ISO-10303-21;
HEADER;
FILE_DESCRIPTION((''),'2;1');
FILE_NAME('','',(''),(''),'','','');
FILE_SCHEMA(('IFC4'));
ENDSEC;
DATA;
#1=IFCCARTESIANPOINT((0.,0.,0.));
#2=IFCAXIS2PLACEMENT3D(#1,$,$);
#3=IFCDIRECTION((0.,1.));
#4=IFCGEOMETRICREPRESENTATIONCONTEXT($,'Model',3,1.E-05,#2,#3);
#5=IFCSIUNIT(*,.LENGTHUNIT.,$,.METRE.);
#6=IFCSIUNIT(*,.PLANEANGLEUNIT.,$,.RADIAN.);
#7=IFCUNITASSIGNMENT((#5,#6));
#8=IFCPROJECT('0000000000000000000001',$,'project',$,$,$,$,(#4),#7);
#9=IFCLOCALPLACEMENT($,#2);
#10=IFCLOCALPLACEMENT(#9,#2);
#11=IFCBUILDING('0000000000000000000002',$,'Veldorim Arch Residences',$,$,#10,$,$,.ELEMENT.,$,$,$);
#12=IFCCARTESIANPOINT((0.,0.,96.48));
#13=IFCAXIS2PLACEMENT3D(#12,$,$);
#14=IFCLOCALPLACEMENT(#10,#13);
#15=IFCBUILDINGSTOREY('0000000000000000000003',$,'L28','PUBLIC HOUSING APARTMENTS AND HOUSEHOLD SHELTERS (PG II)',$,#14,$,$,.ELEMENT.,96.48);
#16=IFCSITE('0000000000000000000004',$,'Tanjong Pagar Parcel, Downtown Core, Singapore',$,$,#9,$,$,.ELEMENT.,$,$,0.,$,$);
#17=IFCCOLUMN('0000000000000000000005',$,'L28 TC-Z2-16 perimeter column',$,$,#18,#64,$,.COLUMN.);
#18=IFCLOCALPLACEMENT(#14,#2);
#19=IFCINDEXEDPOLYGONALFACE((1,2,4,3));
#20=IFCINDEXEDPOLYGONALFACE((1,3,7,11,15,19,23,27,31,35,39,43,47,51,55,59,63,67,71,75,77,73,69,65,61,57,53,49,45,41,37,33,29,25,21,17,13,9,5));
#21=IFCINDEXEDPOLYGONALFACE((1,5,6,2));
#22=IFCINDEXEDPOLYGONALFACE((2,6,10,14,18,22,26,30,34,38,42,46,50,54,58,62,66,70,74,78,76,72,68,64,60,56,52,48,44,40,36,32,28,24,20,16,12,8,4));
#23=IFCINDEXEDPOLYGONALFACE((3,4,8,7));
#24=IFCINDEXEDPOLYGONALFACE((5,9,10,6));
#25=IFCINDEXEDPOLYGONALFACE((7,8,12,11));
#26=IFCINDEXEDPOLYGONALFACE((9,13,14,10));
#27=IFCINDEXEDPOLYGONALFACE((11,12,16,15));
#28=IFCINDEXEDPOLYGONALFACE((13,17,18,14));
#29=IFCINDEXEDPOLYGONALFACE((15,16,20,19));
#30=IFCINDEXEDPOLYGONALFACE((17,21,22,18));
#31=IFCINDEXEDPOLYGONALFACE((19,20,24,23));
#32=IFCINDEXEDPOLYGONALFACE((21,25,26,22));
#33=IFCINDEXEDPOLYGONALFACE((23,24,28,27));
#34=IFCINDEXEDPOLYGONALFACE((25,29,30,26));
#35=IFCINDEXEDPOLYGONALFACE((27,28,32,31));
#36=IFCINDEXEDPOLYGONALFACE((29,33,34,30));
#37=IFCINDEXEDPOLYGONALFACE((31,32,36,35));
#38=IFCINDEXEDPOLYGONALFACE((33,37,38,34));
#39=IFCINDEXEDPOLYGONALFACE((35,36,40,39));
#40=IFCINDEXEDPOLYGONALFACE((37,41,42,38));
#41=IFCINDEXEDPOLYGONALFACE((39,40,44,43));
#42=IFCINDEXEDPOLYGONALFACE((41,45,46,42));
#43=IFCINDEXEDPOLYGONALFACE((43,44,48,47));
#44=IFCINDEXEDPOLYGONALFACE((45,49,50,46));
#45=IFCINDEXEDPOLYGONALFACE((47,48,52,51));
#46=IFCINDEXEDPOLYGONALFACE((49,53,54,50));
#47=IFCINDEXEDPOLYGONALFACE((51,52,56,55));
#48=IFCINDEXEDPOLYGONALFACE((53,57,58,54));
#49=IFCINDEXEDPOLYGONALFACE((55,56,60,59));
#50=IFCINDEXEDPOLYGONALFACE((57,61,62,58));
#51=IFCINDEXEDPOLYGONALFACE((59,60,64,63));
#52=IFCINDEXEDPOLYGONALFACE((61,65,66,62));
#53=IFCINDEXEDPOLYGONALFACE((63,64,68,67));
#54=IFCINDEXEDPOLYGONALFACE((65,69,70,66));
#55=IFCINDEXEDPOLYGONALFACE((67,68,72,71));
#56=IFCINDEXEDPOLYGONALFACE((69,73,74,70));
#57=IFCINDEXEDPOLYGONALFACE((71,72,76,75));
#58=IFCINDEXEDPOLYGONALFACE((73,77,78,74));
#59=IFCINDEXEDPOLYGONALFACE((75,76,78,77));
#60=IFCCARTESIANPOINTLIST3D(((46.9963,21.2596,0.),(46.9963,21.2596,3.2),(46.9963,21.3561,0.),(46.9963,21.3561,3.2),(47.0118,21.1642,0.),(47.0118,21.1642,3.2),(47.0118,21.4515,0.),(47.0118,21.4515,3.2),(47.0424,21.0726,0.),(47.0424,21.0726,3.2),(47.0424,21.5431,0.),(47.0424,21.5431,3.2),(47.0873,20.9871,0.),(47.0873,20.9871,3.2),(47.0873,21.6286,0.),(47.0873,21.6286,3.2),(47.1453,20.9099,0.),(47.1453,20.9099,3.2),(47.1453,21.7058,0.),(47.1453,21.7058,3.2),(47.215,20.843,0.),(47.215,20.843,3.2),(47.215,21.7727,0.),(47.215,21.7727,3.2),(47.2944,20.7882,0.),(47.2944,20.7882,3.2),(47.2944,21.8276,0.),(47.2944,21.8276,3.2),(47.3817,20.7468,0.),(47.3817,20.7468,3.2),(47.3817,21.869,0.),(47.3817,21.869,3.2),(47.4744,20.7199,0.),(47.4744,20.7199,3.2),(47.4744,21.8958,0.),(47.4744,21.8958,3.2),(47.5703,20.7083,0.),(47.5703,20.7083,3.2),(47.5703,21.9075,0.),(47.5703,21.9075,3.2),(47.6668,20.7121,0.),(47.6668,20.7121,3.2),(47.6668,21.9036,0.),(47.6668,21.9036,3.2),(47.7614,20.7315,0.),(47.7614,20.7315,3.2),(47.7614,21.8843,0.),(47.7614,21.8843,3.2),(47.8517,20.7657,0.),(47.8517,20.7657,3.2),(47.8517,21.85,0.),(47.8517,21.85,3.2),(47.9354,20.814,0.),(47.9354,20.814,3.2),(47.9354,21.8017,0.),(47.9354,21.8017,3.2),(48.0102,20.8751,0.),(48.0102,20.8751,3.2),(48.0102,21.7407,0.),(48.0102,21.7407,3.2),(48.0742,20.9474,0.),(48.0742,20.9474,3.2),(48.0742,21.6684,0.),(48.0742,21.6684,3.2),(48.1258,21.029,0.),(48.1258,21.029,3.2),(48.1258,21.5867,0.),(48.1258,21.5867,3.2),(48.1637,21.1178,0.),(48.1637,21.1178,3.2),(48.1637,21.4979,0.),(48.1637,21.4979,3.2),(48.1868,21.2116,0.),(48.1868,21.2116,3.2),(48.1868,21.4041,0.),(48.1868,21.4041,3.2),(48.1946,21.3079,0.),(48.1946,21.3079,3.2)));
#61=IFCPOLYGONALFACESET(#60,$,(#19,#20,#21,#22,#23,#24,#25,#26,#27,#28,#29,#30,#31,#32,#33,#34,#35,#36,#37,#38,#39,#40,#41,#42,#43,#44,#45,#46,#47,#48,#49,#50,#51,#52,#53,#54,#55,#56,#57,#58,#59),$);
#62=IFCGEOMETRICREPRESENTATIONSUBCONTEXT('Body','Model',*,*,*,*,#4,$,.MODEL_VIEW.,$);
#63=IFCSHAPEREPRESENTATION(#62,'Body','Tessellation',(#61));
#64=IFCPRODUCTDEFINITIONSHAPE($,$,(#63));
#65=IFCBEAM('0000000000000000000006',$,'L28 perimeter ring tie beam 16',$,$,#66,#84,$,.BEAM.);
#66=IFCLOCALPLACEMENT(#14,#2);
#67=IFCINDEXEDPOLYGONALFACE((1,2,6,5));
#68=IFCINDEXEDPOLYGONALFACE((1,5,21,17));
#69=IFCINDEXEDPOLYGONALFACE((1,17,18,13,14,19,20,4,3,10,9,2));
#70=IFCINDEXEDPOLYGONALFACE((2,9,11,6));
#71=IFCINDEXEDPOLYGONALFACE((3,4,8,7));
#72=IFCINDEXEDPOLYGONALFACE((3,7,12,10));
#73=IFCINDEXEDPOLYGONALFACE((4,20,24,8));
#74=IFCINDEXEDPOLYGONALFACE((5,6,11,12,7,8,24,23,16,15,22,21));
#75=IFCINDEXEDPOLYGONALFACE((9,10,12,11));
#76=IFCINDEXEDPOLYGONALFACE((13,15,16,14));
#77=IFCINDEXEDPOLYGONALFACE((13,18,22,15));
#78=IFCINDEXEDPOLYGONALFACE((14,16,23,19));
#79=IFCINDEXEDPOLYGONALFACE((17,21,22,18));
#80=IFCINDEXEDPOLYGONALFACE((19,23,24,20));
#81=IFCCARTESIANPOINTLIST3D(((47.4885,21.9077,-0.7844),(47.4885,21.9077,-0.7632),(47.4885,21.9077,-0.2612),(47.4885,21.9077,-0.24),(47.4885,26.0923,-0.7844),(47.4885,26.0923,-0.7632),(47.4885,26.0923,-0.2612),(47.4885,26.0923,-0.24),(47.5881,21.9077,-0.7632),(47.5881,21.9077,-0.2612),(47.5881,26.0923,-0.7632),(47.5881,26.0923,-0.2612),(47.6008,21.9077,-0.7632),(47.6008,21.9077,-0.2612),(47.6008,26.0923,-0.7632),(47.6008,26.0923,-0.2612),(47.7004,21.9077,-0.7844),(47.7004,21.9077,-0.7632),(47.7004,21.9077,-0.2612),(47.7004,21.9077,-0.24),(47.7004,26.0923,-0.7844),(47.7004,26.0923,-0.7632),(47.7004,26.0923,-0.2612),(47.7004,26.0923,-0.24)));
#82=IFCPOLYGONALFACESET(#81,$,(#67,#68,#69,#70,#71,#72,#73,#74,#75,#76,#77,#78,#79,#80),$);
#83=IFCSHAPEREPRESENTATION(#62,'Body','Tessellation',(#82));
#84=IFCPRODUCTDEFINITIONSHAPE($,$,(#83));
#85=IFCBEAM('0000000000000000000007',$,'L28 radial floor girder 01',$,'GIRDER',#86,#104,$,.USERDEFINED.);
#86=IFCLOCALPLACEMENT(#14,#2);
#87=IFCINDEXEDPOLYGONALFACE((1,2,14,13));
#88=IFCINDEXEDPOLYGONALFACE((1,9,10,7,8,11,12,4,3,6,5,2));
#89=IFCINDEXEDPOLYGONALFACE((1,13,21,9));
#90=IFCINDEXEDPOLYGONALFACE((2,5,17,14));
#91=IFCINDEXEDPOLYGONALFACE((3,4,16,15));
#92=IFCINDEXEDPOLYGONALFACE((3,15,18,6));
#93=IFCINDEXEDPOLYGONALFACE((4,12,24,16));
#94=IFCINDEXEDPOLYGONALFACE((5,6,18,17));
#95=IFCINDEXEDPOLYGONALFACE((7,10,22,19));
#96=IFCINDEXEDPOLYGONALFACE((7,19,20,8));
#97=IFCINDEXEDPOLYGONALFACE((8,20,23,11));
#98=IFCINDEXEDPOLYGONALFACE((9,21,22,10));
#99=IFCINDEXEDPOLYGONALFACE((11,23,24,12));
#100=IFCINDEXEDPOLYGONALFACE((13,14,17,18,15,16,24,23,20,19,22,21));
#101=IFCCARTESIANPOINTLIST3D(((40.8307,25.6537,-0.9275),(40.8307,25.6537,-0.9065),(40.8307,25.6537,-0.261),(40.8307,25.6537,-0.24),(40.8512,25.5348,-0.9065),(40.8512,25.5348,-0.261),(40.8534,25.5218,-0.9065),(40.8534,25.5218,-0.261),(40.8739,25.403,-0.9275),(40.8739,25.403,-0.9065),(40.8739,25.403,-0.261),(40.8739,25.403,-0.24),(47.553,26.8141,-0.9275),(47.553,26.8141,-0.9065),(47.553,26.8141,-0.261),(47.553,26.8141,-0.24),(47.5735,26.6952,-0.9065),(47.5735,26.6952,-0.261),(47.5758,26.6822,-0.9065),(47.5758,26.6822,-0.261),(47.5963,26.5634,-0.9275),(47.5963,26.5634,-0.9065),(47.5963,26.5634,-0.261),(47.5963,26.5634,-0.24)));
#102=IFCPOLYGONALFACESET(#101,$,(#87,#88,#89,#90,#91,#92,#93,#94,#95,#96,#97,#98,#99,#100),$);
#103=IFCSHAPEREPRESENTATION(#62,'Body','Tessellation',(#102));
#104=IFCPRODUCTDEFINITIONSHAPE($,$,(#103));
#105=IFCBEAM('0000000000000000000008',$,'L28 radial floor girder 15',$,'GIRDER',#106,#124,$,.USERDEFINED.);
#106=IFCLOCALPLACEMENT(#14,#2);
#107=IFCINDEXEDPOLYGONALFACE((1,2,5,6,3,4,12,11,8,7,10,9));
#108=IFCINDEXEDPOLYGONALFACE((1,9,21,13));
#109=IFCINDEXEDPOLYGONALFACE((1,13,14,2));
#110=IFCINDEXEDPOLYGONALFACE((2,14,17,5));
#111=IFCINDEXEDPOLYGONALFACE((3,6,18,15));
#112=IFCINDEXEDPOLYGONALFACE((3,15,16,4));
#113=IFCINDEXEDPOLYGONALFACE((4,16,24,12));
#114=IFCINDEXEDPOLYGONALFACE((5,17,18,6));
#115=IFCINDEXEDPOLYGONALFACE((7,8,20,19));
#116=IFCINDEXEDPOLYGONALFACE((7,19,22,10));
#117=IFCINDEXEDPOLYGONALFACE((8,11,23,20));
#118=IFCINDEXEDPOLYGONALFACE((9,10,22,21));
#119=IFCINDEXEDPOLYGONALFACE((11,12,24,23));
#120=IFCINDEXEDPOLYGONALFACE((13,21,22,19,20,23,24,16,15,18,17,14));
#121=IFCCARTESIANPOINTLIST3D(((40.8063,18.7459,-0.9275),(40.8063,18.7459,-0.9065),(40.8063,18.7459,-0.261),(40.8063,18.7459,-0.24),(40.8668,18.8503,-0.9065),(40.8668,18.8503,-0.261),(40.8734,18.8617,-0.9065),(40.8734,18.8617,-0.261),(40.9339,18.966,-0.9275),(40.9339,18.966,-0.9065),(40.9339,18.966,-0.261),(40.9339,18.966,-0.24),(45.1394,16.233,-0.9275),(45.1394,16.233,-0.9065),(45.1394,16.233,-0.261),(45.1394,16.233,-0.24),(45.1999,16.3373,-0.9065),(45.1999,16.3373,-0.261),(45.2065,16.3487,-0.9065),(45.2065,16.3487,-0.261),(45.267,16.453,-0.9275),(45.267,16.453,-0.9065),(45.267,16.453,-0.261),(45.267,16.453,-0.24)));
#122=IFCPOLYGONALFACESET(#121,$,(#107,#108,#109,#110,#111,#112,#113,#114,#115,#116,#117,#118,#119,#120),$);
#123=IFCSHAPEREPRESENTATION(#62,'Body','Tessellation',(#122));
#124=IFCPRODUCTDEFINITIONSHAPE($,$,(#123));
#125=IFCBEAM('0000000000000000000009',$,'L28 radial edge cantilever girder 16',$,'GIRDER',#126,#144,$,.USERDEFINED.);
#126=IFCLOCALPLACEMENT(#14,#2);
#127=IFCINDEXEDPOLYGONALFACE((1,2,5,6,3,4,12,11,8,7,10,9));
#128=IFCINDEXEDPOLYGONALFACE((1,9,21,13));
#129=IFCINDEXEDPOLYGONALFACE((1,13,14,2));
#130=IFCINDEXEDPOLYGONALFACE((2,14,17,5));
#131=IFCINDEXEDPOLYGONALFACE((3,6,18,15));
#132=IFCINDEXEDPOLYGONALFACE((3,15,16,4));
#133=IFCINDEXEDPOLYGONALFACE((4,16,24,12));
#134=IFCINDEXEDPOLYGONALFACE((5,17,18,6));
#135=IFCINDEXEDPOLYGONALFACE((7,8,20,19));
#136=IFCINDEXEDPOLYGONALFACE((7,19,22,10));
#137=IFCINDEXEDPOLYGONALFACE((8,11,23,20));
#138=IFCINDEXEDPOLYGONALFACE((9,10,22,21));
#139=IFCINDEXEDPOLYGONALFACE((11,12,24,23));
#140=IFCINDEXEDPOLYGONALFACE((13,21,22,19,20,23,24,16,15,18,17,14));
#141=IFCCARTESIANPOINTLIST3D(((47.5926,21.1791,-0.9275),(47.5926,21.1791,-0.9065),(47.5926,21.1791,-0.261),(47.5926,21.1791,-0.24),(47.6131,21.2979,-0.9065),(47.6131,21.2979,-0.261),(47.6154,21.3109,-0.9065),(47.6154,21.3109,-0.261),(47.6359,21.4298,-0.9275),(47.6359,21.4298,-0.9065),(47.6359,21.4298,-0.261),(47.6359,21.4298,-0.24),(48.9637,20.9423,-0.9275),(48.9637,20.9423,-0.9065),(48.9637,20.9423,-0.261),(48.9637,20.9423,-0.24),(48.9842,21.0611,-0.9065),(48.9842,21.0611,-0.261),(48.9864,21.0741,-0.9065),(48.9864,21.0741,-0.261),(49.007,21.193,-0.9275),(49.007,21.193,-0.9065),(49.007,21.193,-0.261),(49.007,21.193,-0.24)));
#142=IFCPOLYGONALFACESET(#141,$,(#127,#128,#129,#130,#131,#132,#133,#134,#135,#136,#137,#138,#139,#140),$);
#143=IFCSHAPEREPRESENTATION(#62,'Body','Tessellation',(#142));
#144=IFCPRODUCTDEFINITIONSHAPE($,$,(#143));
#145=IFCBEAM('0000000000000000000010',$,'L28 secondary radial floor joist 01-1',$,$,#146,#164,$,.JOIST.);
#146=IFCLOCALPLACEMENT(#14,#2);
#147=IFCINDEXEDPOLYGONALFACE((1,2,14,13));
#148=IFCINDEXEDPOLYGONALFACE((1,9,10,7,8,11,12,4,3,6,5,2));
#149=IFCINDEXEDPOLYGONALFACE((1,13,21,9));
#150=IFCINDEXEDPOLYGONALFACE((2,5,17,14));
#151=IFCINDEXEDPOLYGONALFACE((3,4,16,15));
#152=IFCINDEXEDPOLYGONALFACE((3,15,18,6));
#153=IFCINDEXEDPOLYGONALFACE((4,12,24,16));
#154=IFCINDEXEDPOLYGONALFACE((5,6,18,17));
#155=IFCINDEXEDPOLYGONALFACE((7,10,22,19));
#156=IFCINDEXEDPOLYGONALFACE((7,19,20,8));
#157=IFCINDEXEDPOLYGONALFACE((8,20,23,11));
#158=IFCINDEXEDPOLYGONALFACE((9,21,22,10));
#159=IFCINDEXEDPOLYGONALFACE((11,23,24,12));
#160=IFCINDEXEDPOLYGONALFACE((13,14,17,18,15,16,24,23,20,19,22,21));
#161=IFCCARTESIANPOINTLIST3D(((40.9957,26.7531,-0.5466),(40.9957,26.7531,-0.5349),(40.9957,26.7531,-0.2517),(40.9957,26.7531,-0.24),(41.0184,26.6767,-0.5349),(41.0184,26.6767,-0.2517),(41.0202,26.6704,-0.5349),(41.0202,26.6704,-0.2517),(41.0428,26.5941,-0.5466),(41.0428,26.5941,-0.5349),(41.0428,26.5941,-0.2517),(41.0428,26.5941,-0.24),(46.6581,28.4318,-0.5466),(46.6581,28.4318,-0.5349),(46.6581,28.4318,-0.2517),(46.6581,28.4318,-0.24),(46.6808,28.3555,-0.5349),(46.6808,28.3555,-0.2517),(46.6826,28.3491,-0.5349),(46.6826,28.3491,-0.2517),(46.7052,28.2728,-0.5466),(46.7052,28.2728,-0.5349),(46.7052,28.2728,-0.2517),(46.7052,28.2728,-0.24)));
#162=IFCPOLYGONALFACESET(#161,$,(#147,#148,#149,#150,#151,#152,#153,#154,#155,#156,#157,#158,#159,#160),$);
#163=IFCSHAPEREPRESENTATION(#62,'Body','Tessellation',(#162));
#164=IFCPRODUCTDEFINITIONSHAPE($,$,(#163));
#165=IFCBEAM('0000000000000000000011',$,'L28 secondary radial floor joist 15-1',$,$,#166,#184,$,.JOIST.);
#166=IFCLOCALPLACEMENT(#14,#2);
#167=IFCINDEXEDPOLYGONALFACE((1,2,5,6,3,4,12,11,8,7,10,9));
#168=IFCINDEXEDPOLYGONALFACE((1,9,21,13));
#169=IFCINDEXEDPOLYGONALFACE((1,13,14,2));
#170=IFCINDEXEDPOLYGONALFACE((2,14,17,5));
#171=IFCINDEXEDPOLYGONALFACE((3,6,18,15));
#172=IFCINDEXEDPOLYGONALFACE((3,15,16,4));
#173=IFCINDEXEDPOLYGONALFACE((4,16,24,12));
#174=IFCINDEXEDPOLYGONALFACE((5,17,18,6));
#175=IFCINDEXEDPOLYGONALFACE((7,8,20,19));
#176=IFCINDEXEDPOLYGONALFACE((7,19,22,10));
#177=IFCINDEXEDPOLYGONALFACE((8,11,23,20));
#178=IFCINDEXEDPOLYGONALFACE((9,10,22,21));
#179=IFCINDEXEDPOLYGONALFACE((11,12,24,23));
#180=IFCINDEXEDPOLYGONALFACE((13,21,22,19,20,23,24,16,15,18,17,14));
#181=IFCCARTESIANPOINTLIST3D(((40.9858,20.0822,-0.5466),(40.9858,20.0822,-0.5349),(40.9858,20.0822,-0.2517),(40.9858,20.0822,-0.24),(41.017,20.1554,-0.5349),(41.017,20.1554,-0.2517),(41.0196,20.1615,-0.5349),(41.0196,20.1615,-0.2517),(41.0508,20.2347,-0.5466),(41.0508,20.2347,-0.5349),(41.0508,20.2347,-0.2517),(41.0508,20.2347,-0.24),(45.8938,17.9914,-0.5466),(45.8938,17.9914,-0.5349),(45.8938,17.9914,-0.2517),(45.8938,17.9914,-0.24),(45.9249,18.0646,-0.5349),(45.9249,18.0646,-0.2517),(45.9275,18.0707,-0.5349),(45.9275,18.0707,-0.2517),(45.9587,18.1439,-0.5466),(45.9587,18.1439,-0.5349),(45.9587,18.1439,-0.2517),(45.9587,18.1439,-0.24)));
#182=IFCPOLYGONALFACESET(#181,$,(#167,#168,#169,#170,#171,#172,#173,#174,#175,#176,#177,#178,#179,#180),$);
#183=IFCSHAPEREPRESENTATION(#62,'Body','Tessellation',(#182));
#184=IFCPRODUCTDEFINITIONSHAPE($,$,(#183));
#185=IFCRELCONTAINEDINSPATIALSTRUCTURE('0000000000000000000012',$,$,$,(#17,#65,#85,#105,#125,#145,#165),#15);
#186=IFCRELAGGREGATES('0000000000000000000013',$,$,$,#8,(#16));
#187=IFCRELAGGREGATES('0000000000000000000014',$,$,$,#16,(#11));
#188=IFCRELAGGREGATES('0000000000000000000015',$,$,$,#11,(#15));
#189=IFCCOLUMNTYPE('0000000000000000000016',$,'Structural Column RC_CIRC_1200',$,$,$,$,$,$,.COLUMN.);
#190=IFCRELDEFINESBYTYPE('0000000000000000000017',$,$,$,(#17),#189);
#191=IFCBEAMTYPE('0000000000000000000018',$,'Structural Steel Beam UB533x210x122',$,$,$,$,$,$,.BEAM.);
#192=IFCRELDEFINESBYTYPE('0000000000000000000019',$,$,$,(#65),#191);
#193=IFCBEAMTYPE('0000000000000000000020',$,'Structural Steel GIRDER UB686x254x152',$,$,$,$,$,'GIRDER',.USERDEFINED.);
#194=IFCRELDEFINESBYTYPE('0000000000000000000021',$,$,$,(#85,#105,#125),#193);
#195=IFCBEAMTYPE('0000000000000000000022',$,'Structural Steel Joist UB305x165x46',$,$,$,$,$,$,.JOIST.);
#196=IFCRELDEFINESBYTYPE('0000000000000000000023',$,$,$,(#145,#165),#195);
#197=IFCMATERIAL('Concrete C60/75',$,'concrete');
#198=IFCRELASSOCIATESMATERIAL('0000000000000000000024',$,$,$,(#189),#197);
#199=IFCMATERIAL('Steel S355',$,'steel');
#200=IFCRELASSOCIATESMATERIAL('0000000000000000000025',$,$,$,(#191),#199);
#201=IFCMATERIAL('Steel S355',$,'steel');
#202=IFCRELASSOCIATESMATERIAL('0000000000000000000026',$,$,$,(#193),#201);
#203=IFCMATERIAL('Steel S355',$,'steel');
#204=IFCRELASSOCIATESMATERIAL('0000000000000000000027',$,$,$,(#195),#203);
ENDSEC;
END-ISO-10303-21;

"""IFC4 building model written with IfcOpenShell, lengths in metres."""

from ifc_helpers import new_model, si_unit, direction, frame, origin, origin_2d, place, context, subcontext, project, spatial, circle, i_section, extrude, material, material_profile, profile_set, type_object, element, save


model = new_model("IFC4")

# Units and contexts
model_context = context("Model", 3, precision=1e-05, world=origin(), true_north=direction((0.0, 1.0)))
body_context = subcontext(model_context, "Body", "Model", "MODEL_VIEW")
ifc_project = project(units=[si_unit("LENGTHUNIT", "METRE"), si_unit("PLANEANGLEUNIT", "RADIAN")], contexts=[model_context])

# Site, building, storey
site_placement = place(None, origin())
site = spatial("IfcSite", under=ifc_project, at=site_placement, Name="Tanjong Pagar Parcel, Downtown Core, Singapore", CompositionType="ELEMENT", RefElevation=0.0)
building_placement = place(site_placement, origin())
building = spatial("IfcBuilding", under=site, at=building_placement, Name="Veldorim Arch Residences", CompositionType="ELEMENT")
storey_placement = place(building_placement, frame((0.0, 0.0, 96.48)))
storey = spatial("IfcBuildingStorey", under=building, at=storey_placement, Name="L28", Description="PUBLIC HOUSING APARTMENTS AND HOUSEHOLD SHELTERS (PG II)", CompositionType="ELEMENT", Elevation=96.48)

# Column
ifc_material_1 = material(Name="Concrete C60/75", Category="concrete")
ifc_material_profile_1 = material_profile(ifc_material_1, circle(Radius=0.6001, at=origin_2d()), Name="RC_CIRC_1200")
ifc_profile_set_1 = profile_set([ifc_material_profile_1], Name="Concrete C60/75")
column_type = type_object("IfcColumnType", Name="Structural Column RC_CIRC_1200", PredefinedType="COLUMN", material=ifc_profile_set_1)
column_placement = place(storey_placement, frame((47.5945, 21.3079, 0.0), z_axis=(0.0, 0.0, 1.0), x_axis=(1.0, 0.0, 0.0)))
element("IfcColumn", 1, at=column_placement, inside=storey, type_object=column_type, Name="L28 TC-Z2-16 perimeter column", PredefinedType="COLUMN", context=body_context, shape_type="SweptSolid", body=[
    extrude(circle(Radius=0.6001, at=origin_2d()), origin(), (0.0, 0.0, 1.0), 3.2),
])

# Beams
ifc_material_2 = material(Name="Steel S355", Category="steel")
ifc_material_profile_2 = material_profile(ifc_material_2, i_section(OverallWidth=0.2119, OverallDepth=0.5444, WebThickness=0.0127, FlangeThickness=0.0212, at=origin_2d()), Name="UB533x210x122")
ifc_profile_set_2 = profile_set([ifc_material_profile_2], Name="Steel S355")
beam_type_1 = type_object("IfcBeamType", Name="Structural Steel Beam UB533x210x122", PredefinedType="BEAM", material=ifc_profile_set_2)
beam_1_placement = place(storey_placement, frame((47.5945, 21.9077, -0.5122), z_axis=(0.0, 1.0, 0.0), x_axis=(-1.0, 0.0, 0.0)))
element("IfcBeam", 2, at=beam_1_placement, inside=storey, type_object=beam_type_1, Name="L28 perimeter ring tie beam 16", PredefinedType="BEAM", context=body_context, shape_type="SweptSolid", body=[
    extrude(i_section(OverallWidth=0.2119, OverallDepth=0.5444, WebThickness=0.0127, FlangeThickness=0.0212, at=origin_2d()), origin(), (0.0, 0.0, 1.0), 4.1846),
])
ifc_material_3 = material(Name="Steel S355", Category="steel")
ifc_material_profile_3 = material_profile(ifc_material_3, i_section(OverallWidth=0.2544, OverallDepth=0.6875, WebThickness=0.0132, FlangeThickness=0.021, at=origin_2d()), Name="UB686x254x152")
ifc_profile_set_3 = profile_set([ifc_material_profile_3], Name="Steel S355")
beam_type_2 = type_object("IfcBeamType", Name="Structural Steel GIRDER UB686x254x152", ElementType="GIRDER", PredefinedType="USERDEFINED", material=ifc_profile_set_3)
beam_2_placement = place(storey_placement, frame((40.8523, 25.5283, -0.5837), z_axis=(0.985427, 0.170101, 0.0), x_axis=(-0.170101, 0.985427, 0.0)))
element("IfcBeam", 3, at=beam_2_placement, inside=storey, type_object=beam_type_2, Name="L28 radial floor girder 01", ObjectType="GIRDER", PredefinedType="USERDEFINED", context=body_context, shape_type="SweptSolid", body=[
    extrude(i_section(OverallWidth=0.2544, OverallDepth=0.6875, WebThickness=0.0132, FlangeThickness=0.021, at=origin_2d()), origin(), (0.0, 0.0, 1.0), 6.8218),
])
beam_3_placement = place(storey_placement, frame((40.8701, 18.856, -0.5837), z_axis=(0.865049, -0.501687, 0.0), x_axis=(0.501687, 0.865049, 0.0)))
element("IfcBeam", 4, at=beam_3_placement, inside=storey, type_object=beam_type_2, Name="L28 radial floor girder 15", ObjectType="GIRDER", PredefinedType="USERDEFINED", context=body_context, shape_type="SweptSolid", body=[
    extrude(i_section(OverallWidth=0.2544, OverallDepth=0.6875, WebThickness=0.0132, FlangeThickness=0.021, at=origin_2d()), origin(), (0.0, 0.0, 1.0), 5.009),
])
beam_4_placement = place(storey_placement, frame((47.6143, 21.3044, -0.5837), z_axis=(0.985409, -0.170201, 0.0), x_axis=(0.170201, 0.985409, 0.0)))
element("IfcBeam", 5, at=beam_4_placement, inside=storey, type_object=beam_type_2, Name="L28 radial edge cantilever girder 16", ObjectType="GIRDER", PredefinedType="USERDEFINED", context=body_context, shape_type="SweptSolid", body=[
    extrude(i_section(OverallWidth=0.2544, OverallDepth=0.6875, WebThickness=0.0132, FlangeThickness=0.021, at=origin_2d()), origin(), (0.0, 0.0, 1.0), 1.3914),
])
ifc_material_4 = material(Name="Steel S355", Category="steel")
ifc_material_profile_4 = material_profile(ifc_material_4, i_section(OverallWidth=0.1658, OverallDepth=0.3066, WebThickness=0.0066, FlangeThickness=0.0117, at=origin_2d()), Name="UB305x165x46")
ifc_profile_set_4 = profile_set([ifc_material_profile_4], Name="Steel S355")
beam_type_3 = type_object("IfcBeamType", Name="Structural Steel Joist UB305x165x46", PredefinedType="JOIST", material=ifc_profile_set_4)
beam_5_placement = place(storey_placement, frame((41.0193, 26.6736, -0.3933), z_axis=(0.958753, 0.28424, 0.0), x_axis=(-0.28424, 0.958753, 0.0)))
element("IfcBeam", 6, at=beam_5_placement, inside=storey, type_object=beam_type_3, Name="L28 secondary radial floor joist 01-1", PredefinedType="JOIST", context=body_context, shape_type="SweptSolid", body=[
    extrude(i_section(OverallWidth=0.1658, OverallDepth=0.3066, WebThickness=0.0066, FlangeThickness=0.0117, at=origin_2d()), origin(), (0.0, 0.0, 1.0), 5.906),
])
beam_6_placement = place(storey_placement, frame((41.0183, 20.1584, -0.3933), z_axis=(0.919997, -0.391924, 0.0), x_axis=(0.391924, 0.919997, 0.0)))
element("IfcBeam", 7, at=beam_6_placement, inside=storey, type_object=beam_type_3, Name="L28 secondary radial floor joist 15-1", PredefinedType="JOIST", context=body_context, shape_type="SweptSolid", body=[
    extrude(i_section(OverallWidth=0.1658, OverallDepth=0.3066, WebThickness=0.0066, FlangeThickness=0.0117, at=origin_2d()), origin(), (0.0, 0.0, 1.0), 5.3347),
])

save(model, "model.ifc")
